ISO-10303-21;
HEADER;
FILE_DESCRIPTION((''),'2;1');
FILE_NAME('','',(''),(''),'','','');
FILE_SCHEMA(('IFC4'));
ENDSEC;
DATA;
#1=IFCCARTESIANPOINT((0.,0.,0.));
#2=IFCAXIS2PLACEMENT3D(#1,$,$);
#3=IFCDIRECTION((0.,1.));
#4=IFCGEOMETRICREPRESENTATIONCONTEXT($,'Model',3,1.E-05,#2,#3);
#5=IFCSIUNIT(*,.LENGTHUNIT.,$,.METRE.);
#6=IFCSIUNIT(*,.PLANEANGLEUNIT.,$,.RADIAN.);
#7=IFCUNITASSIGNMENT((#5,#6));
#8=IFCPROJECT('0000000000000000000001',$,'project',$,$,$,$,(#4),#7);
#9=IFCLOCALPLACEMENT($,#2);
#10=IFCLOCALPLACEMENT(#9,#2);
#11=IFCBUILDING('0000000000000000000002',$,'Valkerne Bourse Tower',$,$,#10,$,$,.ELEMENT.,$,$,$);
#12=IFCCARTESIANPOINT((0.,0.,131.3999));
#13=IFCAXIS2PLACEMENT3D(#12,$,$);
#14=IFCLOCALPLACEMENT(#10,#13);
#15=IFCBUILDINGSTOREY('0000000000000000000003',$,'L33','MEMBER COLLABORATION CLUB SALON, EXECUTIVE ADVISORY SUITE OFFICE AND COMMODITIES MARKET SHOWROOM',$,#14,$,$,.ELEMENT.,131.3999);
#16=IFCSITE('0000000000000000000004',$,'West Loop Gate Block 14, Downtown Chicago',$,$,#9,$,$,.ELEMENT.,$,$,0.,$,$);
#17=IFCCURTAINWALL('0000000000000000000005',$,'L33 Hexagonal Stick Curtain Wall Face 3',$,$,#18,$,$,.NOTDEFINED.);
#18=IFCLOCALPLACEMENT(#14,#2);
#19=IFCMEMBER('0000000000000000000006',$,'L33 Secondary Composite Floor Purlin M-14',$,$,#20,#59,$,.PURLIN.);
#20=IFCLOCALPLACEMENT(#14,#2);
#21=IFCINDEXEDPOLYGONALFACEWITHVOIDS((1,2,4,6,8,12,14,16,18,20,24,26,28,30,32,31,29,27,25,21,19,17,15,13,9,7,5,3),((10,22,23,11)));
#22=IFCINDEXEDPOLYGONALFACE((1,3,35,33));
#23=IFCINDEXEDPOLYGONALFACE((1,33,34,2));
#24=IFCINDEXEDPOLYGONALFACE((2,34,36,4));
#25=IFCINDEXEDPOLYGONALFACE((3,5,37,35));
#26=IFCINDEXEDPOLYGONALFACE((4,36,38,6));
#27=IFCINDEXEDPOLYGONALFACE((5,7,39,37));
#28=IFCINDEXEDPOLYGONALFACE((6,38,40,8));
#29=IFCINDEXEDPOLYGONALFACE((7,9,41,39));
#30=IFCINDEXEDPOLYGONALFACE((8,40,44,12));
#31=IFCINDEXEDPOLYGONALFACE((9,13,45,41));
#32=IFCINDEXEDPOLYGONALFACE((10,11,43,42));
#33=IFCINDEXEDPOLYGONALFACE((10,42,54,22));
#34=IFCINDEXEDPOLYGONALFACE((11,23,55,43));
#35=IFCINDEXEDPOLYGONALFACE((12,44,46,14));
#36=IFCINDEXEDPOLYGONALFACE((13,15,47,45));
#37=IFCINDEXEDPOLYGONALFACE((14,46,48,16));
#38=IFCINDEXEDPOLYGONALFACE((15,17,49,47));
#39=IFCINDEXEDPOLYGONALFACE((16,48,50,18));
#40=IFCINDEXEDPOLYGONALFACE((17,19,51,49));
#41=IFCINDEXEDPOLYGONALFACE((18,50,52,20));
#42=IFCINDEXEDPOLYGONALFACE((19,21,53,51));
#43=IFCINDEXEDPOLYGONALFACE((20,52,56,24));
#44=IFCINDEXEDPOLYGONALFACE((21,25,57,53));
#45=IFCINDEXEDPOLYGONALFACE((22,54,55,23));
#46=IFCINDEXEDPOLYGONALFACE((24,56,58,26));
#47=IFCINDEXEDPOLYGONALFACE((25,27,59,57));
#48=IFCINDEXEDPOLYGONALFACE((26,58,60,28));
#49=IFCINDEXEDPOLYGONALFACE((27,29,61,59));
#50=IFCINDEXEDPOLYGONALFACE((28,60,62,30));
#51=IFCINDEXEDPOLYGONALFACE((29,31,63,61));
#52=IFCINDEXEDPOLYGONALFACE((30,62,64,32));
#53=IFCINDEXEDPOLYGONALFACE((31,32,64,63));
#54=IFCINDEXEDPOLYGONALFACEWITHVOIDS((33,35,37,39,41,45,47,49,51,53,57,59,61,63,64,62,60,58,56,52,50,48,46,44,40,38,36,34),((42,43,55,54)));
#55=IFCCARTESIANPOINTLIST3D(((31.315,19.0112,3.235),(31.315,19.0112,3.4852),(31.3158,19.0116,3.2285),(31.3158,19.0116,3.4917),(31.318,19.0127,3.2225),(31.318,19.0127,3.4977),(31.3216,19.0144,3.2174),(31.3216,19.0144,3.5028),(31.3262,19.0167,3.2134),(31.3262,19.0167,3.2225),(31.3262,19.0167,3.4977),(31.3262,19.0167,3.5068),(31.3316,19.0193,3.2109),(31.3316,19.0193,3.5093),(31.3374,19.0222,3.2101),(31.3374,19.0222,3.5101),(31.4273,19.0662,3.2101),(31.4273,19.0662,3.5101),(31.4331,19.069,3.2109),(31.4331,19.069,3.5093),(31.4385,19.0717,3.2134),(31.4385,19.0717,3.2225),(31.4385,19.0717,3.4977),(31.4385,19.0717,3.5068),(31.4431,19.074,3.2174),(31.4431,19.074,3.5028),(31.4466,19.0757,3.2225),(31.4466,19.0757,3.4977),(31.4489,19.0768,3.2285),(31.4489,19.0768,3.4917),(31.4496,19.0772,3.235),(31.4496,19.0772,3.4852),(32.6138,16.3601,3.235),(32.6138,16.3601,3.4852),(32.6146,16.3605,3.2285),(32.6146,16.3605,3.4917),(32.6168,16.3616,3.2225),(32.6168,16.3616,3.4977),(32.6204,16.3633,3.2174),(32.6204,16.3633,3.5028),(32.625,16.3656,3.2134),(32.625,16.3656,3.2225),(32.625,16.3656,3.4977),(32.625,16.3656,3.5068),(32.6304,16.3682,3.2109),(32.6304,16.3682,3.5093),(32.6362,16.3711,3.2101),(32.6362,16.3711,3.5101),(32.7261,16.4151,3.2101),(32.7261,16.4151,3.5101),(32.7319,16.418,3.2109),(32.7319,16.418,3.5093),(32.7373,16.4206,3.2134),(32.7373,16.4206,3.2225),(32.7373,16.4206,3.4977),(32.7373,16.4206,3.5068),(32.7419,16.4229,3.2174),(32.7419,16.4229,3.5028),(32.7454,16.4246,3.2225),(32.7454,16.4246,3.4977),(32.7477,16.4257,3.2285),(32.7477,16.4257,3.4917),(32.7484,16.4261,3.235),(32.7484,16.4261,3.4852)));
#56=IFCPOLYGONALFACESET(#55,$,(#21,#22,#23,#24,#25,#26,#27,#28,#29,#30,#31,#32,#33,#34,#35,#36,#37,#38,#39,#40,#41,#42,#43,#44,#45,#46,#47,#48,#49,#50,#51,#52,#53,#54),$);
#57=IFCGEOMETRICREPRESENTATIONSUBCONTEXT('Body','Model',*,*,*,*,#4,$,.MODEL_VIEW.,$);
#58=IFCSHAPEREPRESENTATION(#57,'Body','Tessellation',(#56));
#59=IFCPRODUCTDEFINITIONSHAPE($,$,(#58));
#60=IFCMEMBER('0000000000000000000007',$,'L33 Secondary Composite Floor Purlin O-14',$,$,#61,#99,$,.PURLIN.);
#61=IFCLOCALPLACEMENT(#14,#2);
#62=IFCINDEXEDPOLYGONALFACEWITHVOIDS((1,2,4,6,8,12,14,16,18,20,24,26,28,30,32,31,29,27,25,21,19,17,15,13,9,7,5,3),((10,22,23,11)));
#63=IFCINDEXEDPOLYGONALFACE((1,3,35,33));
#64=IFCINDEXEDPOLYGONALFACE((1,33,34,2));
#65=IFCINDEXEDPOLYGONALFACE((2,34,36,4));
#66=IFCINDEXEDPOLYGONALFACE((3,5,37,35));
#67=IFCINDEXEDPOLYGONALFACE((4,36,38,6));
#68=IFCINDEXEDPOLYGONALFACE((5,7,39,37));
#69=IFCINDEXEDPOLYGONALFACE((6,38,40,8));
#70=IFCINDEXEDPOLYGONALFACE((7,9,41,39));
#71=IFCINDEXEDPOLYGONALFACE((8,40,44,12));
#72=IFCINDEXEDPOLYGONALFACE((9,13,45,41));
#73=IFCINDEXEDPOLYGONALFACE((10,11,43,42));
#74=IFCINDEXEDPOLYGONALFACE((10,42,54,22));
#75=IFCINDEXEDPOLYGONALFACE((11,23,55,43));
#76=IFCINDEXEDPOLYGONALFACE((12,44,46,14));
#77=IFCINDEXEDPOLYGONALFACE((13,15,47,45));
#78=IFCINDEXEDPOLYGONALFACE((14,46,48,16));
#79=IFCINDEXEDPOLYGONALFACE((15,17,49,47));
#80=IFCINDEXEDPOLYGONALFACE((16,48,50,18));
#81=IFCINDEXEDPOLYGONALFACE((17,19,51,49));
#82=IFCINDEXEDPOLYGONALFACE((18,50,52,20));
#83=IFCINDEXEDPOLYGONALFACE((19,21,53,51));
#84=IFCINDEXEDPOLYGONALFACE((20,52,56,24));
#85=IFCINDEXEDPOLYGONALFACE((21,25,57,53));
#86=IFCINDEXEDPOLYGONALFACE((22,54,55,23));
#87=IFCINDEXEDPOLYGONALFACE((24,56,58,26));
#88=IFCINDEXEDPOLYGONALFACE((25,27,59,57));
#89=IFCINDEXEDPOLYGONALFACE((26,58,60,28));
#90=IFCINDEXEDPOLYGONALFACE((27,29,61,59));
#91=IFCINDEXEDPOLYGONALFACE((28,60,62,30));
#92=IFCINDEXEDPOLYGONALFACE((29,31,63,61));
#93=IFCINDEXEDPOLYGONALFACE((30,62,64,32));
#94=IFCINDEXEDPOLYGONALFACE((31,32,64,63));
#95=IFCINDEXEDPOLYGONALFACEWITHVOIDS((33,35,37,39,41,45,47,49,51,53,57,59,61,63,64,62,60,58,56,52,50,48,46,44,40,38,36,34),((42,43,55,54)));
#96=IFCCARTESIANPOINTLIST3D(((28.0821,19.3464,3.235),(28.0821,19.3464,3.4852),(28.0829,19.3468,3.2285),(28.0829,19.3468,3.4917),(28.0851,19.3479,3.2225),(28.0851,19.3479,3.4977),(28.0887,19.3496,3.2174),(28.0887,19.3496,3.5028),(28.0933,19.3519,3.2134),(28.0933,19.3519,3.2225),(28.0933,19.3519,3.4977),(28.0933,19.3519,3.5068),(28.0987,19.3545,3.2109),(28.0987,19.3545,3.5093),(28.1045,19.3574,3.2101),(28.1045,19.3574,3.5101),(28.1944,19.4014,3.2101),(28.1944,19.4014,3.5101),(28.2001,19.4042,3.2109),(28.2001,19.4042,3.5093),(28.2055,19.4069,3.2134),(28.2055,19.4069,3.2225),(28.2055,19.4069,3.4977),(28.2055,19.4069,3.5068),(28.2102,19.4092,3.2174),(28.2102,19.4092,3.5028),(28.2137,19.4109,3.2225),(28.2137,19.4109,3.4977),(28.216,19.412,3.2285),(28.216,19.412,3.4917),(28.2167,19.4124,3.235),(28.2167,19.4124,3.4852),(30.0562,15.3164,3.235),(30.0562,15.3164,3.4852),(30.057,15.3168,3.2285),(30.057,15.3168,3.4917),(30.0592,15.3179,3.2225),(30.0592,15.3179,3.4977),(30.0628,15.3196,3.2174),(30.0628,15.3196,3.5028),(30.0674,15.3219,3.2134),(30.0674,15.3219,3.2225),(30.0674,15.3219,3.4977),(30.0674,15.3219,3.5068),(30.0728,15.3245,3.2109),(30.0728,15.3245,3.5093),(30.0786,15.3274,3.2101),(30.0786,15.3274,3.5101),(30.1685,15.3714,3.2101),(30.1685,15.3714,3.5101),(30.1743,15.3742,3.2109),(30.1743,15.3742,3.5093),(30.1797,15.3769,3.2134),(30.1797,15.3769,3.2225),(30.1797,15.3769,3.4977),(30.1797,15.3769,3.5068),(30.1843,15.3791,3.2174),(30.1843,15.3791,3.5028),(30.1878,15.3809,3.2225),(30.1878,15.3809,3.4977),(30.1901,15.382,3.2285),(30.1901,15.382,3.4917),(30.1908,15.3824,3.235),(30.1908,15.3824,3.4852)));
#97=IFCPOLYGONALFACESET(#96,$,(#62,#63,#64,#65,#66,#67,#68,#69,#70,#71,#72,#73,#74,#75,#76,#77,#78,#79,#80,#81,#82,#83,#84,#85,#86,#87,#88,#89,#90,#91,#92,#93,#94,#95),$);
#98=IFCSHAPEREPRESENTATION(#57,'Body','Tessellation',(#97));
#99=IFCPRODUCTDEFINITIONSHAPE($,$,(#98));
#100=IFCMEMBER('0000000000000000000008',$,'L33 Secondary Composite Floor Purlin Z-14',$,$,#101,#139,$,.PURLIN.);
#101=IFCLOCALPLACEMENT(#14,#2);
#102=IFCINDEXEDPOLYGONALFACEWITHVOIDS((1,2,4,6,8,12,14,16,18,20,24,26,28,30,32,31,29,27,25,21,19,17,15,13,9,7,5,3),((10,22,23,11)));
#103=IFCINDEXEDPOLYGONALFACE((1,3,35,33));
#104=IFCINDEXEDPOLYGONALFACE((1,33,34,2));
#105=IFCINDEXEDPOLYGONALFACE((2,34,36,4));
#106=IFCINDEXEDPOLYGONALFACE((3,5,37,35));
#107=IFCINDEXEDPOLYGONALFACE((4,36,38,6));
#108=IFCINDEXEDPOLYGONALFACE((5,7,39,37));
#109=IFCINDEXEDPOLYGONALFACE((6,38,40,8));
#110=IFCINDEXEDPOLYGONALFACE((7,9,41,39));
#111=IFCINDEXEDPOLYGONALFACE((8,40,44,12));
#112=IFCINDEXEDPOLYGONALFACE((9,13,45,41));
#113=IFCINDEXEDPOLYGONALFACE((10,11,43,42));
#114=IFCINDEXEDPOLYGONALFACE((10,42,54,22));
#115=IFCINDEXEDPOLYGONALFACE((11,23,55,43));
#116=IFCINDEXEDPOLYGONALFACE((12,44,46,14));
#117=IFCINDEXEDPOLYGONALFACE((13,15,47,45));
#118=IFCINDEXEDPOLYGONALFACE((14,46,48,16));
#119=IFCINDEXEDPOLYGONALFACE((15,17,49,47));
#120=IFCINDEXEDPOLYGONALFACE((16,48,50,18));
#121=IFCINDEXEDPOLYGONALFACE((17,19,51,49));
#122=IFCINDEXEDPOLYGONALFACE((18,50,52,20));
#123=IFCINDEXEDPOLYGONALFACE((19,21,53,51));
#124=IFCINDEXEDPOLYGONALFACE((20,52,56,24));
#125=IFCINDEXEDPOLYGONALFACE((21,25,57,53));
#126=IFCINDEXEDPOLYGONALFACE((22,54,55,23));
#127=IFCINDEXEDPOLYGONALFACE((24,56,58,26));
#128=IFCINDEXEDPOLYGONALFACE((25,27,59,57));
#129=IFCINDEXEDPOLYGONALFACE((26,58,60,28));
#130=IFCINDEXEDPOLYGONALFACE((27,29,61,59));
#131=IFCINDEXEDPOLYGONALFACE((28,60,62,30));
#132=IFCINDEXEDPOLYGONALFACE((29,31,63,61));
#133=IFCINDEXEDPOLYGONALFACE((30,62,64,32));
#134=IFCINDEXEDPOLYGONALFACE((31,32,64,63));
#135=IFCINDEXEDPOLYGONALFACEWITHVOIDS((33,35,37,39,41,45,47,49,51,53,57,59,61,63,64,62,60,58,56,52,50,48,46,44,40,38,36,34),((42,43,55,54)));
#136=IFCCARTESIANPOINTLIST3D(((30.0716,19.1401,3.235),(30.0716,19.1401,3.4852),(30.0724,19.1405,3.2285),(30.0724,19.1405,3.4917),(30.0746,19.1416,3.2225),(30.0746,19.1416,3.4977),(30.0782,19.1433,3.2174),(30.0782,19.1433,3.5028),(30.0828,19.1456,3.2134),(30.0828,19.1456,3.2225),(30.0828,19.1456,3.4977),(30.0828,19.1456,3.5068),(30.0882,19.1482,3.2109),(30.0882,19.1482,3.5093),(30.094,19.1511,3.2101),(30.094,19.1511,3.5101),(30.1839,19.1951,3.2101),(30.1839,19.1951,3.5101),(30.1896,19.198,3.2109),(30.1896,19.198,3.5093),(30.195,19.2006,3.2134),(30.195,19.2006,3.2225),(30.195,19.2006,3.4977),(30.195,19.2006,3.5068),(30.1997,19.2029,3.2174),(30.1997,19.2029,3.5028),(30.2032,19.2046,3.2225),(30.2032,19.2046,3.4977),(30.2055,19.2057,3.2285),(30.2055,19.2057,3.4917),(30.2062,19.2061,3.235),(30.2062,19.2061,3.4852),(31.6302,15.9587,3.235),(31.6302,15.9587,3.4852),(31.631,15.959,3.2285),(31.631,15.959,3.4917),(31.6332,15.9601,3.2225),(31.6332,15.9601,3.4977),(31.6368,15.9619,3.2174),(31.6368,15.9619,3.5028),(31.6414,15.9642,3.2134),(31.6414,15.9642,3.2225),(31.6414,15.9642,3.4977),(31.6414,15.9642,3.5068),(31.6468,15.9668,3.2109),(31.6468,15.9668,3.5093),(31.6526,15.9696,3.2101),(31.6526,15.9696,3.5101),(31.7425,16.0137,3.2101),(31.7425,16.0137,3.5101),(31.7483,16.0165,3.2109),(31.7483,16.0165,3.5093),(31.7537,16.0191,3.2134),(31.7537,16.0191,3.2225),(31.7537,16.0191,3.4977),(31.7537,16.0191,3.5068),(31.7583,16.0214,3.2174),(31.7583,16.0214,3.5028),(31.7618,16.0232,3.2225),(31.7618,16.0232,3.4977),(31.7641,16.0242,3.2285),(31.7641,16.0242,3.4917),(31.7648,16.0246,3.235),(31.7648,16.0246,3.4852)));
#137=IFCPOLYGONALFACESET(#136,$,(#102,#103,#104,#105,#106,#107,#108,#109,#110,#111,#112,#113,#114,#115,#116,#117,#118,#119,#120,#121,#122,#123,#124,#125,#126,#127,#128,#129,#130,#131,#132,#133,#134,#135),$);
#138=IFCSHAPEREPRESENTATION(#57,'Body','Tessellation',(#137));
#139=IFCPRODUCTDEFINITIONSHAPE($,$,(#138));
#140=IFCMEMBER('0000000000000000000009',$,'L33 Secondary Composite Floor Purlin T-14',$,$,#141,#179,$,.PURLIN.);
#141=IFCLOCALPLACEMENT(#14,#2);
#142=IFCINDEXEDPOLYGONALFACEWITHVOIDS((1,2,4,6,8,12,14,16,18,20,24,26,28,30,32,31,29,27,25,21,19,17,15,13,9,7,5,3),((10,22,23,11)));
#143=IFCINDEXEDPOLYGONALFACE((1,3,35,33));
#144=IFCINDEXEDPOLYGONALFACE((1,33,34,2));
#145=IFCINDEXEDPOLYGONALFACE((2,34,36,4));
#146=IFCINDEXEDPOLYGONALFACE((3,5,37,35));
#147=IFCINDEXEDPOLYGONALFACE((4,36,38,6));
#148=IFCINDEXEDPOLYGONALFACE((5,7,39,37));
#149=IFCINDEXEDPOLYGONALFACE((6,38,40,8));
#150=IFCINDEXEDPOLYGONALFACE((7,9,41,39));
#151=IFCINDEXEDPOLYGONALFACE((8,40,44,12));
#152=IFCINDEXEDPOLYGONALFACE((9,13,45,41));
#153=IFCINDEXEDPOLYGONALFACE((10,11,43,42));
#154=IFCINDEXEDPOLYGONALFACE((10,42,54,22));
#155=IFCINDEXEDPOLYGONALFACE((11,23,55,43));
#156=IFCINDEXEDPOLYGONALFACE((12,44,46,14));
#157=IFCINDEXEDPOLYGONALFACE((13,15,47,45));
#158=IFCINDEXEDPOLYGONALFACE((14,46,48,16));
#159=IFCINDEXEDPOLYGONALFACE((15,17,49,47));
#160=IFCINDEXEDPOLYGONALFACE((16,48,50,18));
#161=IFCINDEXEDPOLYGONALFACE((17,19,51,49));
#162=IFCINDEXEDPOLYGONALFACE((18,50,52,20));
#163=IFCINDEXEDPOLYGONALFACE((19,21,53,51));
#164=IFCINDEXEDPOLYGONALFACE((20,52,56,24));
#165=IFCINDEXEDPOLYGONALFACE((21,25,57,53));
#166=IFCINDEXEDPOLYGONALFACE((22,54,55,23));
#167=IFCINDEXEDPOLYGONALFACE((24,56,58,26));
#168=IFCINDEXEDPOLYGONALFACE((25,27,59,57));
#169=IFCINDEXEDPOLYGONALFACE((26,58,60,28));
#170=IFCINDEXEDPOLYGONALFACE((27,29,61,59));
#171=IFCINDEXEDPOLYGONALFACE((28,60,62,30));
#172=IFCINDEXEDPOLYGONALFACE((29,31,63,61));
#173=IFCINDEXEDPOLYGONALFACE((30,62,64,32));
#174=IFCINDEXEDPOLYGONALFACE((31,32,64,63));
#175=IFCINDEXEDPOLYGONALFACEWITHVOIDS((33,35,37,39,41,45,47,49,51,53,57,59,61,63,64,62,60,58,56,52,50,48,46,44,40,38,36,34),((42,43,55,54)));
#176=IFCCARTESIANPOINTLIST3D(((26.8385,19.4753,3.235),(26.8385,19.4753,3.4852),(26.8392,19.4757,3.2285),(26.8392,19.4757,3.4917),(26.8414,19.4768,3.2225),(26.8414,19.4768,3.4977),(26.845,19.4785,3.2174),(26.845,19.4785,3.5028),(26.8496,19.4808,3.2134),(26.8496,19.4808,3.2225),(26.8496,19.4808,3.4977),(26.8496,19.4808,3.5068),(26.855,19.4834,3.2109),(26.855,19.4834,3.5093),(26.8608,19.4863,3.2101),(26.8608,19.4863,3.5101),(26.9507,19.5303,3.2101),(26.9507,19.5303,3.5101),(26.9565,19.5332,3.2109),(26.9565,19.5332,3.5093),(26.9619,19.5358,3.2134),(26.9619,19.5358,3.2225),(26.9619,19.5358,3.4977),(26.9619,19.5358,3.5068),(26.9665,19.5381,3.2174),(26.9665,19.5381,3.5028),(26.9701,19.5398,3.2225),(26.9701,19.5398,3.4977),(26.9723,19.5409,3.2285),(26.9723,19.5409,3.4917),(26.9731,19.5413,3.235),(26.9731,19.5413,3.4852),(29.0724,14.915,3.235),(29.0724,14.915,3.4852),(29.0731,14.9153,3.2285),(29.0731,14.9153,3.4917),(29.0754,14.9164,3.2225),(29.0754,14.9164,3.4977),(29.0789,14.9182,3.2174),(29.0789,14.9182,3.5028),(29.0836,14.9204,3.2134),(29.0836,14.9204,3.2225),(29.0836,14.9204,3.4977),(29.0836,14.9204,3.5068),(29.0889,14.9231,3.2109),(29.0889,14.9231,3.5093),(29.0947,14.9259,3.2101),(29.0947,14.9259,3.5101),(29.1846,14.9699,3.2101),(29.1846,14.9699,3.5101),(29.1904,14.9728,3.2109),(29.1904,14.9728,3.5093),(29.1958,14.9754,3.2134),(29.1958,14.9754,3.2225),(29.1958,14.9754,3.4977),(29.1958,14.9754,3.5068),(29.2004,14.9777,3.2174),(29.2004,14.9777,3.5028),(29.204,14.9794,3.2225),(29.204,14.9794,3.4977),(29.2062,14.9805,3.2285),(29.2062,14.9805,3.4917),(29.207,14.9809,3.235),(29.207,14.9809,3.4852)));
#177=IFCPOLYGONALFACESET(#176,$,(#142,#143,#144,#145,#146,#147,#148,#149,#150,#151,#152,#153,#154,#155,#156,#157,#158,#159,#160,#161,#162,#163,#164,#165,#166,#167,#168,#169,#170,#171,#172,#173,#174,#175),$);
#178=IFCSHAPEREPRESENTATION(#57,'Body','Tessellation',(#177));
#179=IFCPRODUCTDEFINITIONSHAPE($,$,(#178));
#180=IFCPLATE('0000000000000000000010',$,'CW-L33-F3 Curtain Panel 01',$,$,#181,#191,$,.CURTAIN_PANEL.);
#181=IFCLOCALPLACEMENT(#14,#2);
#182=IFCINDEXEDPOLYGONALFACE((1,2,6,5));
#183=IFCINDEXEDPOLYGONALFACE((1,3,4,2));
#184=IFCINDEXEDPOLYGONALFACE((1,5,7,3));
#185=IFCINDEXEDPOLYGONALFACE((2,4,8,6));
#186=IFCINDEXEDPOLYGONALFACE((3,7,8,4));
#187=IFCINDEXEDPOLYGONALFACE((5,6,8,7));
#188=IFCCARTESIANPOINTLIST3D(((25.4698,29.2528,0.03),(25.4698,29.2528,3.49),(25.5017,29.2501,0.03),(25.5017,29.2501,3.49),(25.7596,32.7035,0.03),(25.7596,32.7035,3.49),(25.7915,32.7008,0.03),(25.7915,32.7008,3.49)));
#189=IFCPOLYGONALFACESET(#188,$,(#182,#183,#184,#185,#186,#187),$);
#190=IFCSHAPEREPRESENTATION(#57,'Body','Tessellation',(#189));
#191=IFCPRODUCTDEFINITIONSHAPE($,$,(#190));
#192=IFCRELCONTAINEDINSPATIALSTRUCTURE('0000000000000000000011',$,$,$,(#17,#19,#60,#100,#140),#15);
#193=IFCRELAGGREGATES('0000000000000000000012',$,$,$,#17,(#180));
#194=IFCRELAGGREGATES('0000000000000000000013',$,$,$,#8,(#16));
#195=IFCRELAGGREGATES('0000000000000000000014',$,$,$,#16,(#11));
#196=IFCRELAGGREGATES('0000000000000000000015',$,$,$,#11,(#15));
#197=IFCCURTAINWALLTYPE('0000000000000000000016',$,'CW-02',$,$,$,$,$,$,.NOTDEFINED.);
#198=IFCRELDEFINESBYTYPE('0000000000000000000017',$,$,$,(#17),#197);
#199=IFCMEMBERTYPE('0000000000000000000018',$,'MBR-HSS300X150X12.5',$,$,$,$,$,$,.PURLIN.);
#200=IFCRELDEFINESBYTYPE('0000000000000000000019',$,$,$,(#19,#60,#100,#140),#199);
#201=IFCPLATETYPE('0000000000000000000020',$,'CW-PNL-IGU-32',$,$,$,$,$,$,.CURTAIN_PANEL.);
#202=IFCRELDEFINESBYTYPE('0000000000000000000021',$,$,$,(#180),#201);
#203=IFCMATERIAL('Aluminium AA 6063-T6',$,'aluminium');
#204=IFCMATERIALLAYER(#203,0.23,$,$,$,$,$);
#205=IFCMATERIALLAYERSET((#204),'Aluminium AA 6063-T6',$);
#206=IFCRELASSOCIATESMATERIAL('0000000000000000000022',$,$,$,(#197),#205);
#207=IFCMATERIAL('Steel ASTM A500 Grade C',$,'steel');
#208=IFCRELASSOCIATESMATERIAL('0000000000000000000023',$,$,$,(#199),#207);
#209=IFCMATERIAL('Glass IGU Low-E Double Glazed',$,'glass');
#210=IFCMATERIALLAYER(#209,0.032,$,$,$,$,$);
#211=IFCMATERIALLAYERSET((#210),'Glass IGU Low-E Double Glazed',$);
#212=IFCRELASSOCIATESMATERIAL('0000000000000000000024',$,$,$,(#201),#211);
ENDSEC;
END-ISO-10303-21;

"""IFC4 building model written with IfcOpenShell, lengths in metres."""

from ifc_helpers import new_model, si_unit, direction, frame, origin, origin_2d, place, context, subcontext, project, spatial, rectangle, hollow_rectangle, extrude, material, layer, layer_set, material_profile, profile_set, type_object, element, aggregate, save


model = new_model("IFC4")

# Units and contexts
model_context = context("Model", 3, precision=1e-05, world=origin(), true_north=direction((0.0, 1.0)))
body_context = subcontext(model_context, "Body", "Model", "MODEL_VIEW")
ifc_project = project(units=[si_unit("LENGTHUNIT", "METRE"), si_unit("PLANEANGLEUNIT", "RADIAN")], contexts=[model_context])

# Site, building, storey
site_placement = place(None, origin())
site = spatial("IfcSite", under=ifc_project, at=site_placement, Name="West Loop Gate Block 14, Downtown Chicago", CompositionType="ELEMENT", RefElevation=0.0)
building_placement = place(site_placement, origin())
building = spatial("IfcBuilding", under=site, at=building_placement, Name="Valkerne Bourse Tower", CompositionType="ELEMENT")
storey_placement = place(building_placement, frame((0.0, 0.0, 131.3999)))
storey = spatial("IfcBuildingStorey", under=building, at=storey_placement, Name="L33", Description="MEMBER COLLABORATION CLUB SALON, EXECUTIVE ADVISORY SUITE OFFICE AND COMMODITIES MARKET SHOWROOM", CompositionType="ELEMENT", Elevation=131.3999)

# Curtain wall
ifc_material_1 = material(Name="Aluminium AA 6063-T6", Category="aluminium")
ifc_layer_1 = layer(ifc_material_1, 0.23)
ifc_layer_set_1 = layer_set([ifc_layer_1], Name="Aluminium AA 6063-T6")
curtain_wall_type = type_object("IfcCurtainWallType", Name="CW-02", PredefinedType="NOTDEFINED", material=ifc_layer_set_1)
curtain_wall_placement = place(storey_placement, origin())
curtain_wall = element("IfcCurtainWall", 1, at=curtain_wall_placement, inside=storey, type_object=curtain_wall_type, Name="L33 Hexagonal Stick Curtain Wall Face 3", PredefinedType="NOTDEFINED")

# Members
ifc_material_2 = material(Name="Steel ASTM A500 Grade C", Category="steel")
ifc_material_profile_1 = material_profile(ifc_material_2, hollow_rectangle(XDim=0.1499, YDim=0.3, WallThickness=0.0125, OuterFilletRadius=0.0249, at=origin_2d()), Name="HSS300X150X12.5")
ifc_profile_set_1 = profile_set([ifc_material_profile_1], Name="Steel ASTM A500 Grade C")
member_type_1 = type_object("IfcMemberType", Name="MBR-HSS300X150X12.5", PredefinedType="PURLIN", material=ifc_profile_set_1)
member_1_placement = place(storey_placement, frame((31.3823, 19.0442, 3.3601), z_axis=(0.439955, -0.89802, 0.0), x_axis=(0.89802, 0.439955, 0.0)))
element("IfcMember", 2, at=member_1_placement, inside=storey, type_object=member_type_1, Name="L33 Secondary Composite Floor Purlin M-14", PredefinedType="PURLIN", context=body_context, shape_type="SweptSolid", body=[
    extrude(hollow_rectangle(XDim=0.1499, YDim=0.3, WallThickness=0.0125, OuterFilletRadius=0.0249, at=origin_2d()), origin(), (0.0, 0.0, 1.0), 2.9521),
])
member_2_placement = place(storey_placement, frame((28.1494, 19.3794, 3.3601), z_axis=(0.439909, -0.898043, 0.0), x_axis=(0.898043, 0.439909, 0.0)))
element("IfcMember", 3, at=member_2_placement, inside=storey, type_object=member_type_1, Name="L33 Secondary Composite Floor Purlin O-14", PredefinedType="PURLIN", context=body_context, shape_type="SweptSolid", body=[
    extrude(hollow_rectangle(XDim=0.1499, YDim=0.3, WallThickness=0.0125, OuterFilletRadius=0.0249, at=origin_2d()), origin(), (0.0, 0.0, 1.0), 4.4875),
])
member_3_placement = place(storey_placement, frame((30.1389, 19.1731, 3.3601), z_axis=(0.439949, -0.898023, 0.0), x_axis=(0.898023, 0.439949, 0.0)))
element("IfcMember", 4, at=member_3_placement, inside=storey, type_object=member_type_1, Name="L33 Secondary Composite Floor Purlin Z-14", PredefinedType="PURLIN", context=body_context, shape_type="SweptSolid", body=[
    extrude(hollow_rectangle(XDim=0.1499, YDim=0.3, WallThickness=0.0125, OuterFilletRadius=0.0249, at=origin_2d()), origin(), (0.0, 0.0, 1.0), 3.5427),
])
member_4_placement = place(storey_placement, frame((26.9058, 19.5083, 3.3601), z_axis=(0.43991, -0.898042, 0.0), x_axis=(0.898042, 0.43991, 0.0)))
element("IfcMember", 5, at=member_4_placement, inside=storey, type_object=member_type_1, Name="L33 Secondary Composite Floor Purlin T-14", PredefinedType="PURLIN", context=body_context, shape_type="SweptSolid", body=[
    extrude(hollow_rectangle(XDim=0.1499, YDim=0.3, WallThickness=0.0125, OuterFilletRadius=0.0249, at=origin_2d()), origin(), (0.0, 0.0, 1.0), 5.0781),
])

# Plate
ifc_material_3 = material(Name="Glass IGU Low-E Double Glazed", Category="glass")
ifc_layer_2 = layer(ifc_material_3, 0.032)
ifc_layer_set_2 = layer_set([ifc_layer_2], Name="Glass IGU Low-E Double Glazed")
plate_type = type_object("IfcPlateType", Name="CW-PNL-IGU-32", PredefinedType="CURTAIN_PANEL", material=ifc_layer_set_2)
plate_1_placement = place(storey_placement, frame((25.6306, 30.9768, 0.03), z_axis=(0.0, 0.0, 1.0), x_axis=(-0.083687, -0.996492, 0.0)))
plate_1 = element("IfcPlate", 6, at=plate_1_placement, type_object=plate_type, Name="CW-L33-F3 Curtain Panel 01", PredefinedType="CURTAIN_PANEL", context=body_context, shape_type="SweptSolid", body=[
    extrude(rectangle(XDim=3.4629, YDim=0.032, at=origin_2d()), origin(), (0.0, 0.0, 1.0), 3.46),
])
aggregate(curtain_wall, [plate_1])

save(model, "model.ifc")
